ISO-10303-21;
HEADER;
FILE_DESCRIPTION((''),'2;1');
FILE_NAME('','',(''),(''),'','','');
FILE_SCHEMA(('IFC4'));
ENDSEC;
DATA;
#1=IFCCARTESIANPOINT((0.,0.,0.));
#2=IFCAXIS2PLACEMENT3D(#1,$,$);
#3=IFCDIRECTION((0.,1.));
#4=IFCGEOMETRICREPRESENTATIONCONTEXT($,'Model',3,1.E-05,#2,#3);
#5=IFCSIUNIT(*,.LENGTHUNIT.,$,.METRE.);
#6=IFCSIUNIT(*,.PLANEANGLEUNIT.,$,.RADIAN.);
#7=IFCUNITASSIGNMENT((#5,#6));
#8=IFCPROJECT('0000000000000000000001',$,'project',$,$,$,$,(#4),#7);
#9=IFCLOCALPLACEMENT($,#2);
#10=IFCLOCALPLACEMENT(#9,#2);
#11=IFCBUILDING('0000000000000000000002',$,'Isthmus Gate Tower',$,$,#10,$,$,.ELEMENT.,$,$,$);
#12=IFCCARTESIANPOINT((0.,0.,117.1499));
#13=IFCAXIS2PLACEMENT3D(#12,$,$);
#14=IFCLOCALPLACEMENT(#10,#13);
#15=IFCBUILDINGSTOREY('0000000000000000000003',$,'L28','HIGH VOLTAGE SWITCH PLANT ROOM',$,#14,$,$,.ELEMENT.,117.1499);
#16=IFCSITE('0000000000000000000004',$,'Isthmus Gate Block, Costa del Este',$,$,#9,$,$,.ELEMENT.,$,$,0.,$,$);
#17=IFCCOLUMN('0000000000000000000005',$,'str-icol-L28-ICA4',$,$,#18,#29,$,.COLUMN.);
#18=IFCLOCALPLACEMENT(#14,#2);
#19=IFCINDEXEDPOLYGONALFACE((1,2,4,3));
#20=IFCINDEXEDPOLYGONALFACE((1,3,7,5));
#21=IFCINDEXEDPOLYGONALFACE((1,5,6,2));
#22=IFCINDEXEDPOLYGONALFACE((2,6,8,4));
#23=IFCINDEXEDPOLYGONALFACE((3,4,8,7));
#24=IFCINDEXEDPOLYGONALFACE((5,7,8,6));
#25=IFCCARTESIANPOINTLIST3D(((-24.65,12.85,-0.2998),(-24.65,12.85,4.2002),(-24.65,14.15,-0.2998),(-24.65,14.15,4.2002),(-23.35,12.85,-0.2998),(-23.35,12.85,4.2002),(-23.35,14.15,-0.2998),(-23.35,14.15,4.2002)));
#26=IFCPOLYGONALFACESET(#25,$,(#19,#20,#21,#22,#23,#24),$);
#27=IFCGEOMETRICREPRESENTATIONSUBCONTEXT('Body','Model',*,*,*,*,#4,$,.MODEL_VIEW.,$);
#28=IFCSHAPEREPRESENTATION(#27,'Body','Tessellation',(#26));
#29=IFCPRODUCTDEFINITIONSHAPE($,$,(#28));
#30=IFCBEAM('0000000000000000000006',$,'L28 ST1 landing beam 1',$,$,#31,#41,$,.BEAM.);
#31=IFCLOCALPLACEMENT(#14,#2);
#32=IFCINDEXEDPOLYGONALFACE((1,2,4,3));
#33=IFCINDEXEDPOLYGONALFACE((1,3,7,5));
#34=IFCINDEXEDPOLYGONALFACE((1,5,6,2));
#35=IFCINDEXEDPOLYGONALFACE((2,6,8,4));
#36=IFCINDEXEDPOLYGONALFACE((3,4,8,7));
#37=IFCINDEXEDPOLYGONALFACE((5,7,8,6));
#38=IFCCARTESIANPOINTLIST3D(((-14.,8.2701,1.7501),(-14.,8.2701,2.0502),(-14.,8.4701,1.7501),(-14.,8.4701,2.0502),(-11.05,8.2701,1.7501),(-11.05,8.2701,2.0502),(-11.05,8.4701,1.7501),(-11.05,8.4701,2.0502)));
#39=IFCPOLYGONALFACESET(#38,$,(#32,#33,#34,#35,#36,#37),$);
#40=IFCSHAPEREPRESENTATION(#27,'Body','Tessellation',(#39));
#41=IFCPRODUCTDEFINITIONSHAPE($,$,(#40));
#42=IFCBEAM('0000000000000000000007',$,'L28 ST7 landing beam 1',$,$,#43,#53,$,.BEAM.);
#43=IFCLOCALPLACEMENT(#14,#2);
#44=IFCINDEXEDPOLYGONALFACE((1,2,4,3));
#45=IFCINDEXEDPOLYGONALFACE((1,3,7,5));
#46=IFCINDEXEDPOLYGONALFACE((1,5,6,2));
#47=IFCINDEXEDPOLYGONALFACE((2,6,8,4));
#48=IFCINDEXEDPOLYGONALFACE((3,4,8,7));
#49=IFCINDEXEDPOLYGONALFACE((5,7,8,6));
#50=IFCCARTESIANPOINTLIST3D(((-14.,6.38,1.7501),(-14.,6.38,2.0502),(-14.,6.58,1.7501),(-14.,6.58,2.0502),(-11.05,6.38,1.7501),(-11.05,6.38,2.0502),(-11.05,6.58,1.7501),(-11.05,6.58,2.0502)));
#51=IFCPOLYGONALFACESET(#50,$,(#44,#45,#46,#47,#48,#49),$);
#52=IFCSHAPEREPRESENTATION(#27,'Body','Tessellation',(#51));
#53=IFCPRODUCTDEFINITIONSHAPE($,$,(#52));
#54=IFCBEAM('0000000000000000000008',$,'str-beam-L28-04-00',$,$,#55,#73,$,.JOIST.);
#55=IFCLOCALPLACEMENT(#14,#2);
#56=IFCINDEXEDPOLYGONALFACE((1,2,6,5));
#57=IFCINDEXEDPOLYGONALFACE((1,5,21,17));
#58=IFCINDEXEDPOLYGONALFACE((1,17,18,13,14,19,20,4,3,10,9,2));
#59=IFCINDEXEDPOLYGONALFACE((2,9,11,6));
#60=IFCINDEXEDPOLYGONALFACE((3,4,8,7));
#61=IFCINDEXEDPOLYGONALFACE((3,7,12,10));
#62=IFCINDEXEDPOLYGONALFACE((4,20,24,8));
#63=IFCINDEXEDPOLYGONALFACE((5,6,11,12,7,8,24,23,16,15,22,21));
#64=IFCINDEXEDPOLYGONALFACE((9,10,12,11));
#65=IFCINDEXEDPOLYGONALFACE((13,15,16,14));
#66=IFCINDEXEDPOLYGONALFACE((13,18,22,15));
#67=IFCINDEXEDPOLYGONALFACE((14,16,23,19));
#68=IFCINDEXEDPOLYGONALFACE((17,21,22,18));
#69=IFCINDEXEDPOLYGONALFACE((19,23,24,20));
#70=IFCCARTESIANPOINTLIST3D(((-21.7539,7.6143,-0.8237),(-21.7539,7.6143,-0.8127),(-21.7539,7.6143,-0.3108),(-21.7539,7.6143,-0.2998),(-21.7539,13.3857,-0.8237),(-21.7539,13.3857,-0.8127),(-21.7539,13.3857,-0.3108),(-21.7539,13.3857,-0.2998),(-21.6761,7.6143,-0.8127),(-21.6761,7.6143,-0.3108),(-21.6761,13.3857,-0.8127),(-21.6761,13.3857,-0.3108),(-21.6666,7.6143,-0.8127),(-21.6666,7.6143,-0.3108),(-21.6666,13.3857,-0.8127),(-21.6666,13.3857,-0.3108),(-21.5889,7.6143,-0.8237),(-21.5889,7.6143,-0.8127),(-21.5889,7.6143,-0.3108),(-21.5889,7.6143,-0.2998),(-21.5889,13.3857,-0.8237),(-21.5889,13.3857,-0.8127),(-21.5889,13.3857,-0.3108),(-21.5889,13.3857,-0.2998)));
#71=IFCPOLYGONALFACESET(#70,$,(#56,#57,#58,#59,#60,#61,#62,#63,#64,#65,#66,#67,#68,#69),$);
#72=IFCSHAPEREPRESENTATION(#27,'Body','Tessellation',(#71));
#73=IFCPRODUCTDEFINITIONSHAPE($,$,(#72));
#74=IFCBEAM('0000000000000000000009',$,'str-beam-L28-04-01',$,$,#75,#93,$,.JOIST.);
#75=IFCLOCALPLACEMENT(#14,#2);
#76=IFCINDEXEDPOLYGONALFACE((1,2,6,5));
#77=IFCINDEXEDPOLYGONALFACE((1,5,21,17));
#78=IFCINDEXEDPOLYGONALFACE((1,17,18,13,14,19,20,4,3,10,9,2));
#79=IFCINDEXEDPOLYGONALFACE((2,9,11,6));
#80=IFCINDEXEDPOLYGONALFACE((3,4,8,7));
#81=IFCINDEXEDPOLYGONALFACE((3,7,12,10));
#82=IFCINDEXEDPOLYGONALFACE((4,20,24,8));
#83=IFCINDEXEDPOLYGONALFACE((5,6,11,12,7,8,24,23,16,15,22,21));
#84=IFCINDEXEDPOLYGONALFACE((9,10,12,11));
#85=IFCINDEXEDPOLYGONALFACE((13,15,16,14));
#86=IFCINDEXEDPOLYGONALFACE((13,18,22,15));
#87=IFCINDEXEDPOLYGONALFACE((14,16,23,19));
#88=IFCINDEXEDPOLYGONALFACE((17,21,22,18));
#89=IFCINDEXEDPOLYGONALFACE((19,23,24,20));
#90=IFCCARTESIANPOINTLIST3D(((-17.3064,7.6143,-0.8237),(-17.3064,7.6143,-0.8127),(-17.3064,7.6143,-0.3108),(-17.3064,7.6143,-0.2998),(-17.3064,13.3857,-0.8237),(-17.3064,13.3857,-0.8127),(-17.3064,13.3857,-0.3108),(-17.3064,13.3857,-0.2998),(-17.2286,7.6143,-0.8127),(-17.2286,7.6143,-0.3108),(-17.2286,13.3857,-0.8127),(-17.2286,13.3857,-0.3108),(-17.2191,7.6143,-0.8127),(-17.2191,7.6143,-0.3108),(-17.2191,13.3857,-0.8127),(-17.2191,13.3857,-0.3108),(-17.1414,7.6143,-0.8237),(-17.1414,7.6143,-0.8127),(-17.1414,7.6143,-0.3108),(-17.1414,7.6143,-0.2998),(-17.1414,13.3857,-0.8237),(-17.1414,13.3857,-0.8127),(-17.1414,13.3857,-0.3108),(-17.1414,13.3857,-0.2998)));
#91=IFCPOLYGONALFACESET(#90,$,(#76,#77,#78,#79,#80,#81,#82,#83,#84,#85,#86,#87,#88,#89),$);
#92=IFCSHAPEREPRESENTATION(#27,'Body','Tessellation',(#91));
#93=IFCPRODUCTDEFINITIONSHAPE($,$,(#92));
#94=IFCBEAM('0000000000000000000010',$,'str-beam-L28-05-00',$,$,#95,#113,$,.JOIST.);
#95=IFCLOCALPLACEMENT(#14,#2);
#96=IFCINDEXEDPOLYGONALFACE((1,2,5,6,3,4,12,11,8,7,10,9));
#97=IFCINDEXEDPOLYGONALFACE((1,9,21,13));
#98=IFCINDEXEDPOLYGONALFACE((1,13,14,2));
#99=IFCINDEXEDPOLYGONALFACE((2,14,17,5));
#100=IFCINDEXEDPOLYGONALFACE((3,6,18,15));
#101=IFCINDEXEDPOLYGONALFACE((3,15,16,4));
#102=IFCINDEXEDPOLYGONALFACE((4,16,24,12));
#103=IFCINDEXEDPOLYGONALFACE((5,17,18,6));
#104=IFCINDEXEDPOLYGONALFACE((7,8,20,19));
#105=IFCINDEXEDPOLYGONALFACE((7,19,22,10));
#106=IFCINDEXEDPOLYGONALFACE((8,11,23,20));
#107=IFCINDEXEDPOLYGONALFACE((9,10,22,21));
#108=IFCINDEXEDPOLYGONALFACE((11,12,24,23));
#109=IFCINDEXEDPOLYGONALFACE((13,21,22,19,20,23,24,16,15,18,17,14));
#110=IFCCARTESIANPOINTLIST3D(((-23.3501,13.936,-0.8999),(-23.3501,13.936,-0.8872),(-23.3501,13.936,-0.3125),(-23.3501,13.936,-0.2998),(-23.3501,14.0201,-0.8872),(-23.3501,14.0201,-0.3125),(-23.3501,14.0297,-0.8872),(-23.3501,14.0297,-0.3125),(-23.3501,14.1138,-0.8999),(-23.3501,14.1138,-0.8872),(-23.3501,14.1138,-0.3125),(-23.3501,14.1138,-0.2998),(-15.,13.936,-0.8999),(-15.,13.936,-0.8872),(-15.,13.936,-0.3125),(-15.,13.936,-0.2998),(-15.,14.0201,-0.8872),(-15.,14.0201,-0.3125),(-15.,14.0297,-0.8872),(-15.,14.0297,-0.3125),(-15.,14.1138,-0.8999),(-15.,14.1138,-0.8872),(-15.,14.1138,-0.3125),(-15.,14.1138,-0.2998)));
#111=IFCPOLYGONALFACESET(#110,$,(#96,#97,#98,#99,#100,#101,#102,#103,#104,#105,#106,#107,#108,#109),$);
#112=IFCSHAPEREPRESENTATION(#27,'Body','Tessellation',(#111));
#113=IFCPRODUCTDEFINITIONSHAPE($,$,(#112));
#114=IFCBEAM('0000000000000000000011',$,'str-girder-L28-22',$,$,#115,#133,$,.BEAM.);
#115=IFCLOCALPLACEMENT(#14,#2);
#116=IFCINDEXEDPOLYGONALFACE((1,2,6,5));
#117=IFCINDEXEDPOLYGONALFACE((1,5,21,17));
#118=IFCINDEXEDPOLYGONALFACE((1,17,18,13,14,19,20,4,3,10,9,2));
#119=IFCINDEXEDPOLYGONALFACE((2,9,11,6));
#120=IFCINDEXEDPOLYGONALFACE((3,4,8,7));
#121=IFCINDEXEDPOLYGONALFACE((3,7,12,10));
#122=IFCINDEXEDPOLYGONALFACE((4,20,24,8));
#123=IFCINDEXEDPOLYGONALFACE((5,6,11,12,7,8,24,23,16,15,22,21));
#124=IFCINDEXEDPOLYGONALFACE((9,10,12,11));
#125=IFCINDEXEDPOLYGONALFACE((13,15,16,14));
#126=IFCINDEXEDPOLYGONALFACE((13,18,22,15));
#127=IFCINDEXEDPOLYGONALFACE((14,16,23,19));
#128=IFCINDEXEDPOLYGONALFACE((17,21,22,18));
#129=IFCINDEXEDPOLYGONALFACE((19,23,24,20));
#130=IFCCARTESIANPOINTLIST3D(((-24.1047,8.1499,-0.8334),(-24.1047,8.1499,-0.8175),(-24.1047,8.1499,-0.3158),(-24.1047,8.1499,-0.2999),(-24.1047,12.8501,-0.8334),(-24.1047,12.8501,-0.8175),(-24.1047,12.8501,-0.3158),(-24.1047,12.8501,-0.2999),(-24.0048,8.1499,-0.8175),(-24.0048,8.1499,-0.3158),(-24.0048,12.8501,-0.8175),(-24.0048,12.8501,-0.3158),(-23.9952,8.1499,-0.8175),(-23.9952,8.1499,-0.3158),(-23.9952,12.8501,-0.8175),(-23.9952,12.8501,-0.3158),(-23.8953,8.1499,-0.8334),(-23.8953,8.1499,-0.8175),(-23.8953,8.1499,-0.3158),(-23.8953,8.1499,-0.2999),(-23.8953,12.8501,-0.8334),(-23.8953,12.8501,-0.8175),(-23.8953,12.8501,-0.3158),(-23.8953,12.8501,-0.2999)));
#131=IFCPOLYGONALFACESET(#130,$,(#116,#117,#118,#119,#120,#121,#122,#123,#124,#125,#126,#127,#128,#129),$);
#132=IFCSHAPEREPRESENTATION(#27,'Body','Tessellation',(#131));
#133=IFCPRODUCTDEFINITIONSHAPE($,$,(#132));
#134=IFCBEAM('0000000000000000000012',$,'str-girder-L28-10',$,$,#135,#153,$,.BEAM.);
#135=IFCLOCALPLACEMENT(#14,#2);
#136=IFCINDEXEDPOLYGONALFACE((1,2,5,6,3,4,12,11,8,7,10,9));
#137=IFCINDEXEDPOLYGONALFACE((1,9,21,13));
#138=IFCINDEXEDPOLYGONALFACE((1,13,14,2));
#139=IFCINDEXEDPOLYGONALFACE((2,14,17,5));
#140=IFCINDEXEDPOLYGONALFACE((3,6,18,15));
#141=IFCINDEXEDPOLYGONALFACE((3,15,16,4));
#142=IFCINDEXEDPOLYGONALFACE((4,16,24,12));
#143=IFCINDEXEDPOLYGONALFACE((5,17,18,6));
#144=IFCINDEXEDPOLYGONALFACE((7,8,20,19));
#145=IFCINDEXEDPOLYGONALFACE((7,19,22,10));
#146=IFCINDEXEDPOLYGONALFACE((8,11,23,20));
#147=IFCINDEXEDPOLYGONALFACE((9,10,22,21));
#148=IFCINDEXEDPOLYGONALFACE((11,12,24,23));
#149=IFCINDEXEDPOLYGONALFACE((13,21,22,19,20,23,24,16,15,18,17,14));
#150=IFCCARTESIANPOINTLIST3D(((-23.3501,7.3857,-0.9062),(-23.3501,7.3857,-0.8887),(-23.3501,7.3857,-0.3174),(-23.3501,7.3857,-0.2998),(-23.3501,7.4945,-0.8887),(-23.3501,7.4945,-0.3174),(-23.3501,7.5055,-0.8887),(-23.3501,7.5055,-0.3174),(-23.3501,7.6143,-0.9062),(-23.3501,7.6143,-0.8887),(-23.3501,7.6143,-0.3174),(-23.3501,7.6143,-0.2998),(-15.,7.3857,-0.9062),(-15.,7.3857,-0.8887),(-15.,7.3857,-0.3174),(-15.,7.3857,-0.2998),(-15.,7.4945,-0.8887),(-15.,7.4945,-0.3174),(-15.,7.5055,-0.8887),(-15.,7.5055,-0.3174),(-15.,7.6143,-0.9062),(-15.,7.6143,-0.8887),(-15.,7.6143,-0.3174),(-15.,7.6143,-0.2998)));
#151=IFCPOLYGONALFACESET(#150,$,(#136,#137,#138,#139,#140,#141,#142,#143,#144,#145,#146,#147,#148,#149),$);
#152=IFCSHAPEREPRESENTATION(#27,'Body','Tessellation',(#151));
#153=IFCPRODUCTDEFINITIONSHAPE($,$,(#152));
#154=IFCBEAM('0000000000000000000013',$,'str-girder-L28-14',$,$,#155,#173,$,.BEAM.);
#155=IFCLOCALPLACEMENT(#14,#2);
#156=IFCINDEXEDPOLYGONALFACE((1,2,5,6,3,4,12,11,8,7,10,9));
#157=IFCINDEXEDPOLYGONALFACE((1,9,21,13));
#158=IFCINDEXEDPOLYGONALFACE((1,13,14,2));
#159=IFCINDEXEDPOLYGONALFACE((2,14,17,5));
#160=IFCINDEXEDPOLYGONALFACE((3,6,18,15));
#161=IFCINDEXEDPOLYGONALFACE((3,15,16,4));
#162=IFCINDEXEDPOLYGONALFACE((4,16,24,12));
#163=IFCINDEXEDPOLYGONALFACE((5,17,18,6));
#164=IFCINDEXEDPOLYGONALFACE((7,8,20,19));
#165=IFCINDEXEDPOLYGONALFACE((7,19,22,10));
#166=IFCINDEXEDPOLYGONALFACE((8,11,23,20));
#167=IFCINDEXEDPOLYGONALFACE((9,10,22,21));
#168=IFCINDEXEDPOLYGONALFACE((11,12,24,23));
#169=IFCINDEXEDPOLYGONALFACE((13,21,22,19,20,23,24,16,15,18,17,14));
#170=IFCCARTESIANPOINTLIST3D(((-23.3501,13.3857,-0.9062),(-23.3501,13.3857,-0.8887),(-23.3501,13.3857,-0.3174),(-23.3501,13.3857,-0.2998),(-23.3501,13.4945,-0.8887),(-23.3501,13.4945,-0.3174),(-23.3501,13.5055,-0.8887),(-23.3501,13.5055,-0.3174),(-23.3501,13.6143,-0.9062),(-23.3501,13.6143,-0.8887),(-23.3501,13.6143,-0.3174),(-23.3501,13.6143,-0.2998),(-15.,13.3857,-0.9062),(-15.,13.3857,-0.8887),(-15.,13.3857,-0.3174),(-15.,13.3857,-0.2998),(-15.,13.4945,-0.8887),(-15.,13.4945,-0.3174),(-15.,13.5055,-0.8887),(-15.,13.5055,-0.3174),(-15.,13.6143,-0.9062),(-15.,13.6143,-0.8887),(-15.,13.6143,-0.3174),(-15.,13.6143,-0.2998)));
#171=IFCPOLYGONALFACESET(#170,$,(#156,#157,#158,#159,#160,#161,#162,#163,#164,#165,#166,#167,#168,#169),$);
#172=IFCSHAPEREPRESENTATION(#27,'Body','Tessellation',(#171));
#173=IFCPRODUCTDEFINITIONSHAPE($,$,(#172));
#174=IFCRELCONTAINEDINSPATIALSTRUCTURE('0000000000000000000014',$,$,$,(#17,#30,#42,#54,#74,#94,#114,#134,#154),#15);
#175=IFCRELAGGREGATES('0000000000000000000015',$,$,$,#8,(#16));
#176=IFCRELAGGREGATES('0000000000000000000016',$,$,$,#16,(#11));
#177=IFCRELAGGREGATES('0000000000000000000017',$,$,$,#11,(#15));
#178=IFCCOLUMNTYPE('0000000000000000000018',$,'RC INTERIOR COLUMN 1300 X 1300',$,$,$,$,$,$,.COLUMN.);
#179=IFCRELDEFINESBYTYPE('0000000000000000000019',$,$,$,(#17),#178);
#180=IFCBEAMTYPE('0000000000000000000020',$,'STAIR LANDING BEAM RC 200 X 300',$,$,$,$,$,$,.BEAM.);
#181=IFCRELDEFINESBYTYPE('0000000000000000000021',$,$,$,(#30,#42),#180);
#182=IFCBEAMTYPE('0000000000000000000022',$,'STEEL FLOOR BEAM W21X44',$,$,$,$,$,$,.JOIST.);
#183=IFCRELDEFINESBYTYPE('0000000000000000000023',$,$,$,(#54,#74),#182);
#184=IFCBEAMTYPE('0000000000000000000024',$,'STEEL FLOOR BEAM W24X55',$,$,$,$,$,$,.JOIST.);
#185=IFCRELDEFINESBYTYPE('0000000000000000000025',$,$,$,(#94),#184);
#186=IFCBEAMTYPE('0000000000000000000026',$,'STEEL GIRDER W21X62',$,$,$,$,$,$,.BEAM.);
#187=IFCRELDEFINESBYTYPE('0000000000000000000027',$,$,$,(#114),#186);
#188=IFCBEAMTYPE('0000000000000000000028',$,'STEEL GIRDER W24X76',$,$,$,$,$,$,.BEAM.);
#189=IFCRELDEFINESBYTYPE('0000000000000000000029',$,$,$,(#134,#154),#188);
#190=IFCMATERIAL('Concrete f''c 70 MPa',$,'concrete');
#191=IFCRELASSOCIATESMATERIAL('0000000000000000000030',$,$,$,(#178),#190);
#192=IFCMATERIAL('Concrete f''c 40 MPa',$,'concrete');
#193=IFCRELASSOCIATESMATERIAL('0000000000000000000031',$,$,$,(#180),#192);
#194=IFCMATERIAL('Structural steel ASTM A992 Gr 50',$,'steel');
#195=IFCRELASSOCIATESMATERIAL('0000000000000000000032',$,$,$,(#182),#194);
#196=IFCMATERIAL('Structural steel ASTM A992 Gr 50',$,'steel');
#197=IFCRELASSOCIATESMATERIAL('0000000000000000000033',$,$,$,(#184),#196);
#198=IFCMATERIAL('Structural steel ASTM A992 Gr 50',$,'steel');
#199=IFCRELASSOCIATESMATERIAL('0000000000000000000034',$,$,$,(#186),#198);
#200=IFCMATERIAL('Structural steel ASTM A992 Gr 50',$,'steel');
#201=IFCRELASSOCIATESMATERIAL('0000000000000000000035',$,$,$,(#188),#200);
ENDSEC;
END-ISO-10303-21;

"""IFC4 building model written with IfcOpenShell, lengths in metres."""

from ifc_helpers import new_model, si_unit, direction, frame, origin, origin_2d, place, context, subcontext, project, spatial, rectangle, i_section, extrude, material, material_profile, profile_set, type_object, element, save


model = new_model("IFC4")

# Units and contexts
model_context = context("Model", 3, precision=1e-05, world=origin(), true_north=direction((0.0, 1.0)))
body_context = subcontext(model_context, "Body", "Model", "MODEL_VIEW")
ifc_project = project(units=[si_unit("LENGTHUNIT", "METRE"), si_unit("PLANEANGLEUNIT", "RADIAN")], contexts=[model_context])

# Site, building, storey
site_placement = place(None, origin())
site = spatial("IfcSite", under=ifc_project, at=site_placement, Name="Isthmus Gate Block, Costa del Este", CompositionType="ELEMENT", RefElevation=0.0)
building_placement = place(site_placement, origin())
building = spatial("IfcBuilding", under=site, at=building_placement, Name="Isthmus Gate Tower", CompositionType="ELEMENT")
storey_placement = place(building_placement, frame((0.0, 0.0, 117.1499)))
storey = spatial("IfcBuildingStorey", under=building, at=storey_placement, Name="L28", Description="HIGH VOLTAGE SWITCH PLANT ROOM", CompositionType="ELEMENT", Elevation=117.1499)

# Column
ifc_material_1 = material(Name="Concrete f'c 70 MPa", Category="concrete")
ifc_material_profile_1 = material_profile(ifc_material_1, rectangle(XDim=1.3, YDim=1.3, at=origin_2d()), Name="RC 1300X1300")
ifc_profile_set_1 = profile_set([ifc_material_profile_1], Name="Concrete f'c 70 MPa")
column_type = type_object("IfcColumnType", Name="RC INTERIOR COLUMN 1300 X 1300", PredefinedType="COLUMN", material=ifc_profile_set_1)
column_placement = place(storey_placement, frame((-24.0, 13.5, -0.2998), z_axis=(0.0, 0.0, 1.0), x_axis=(1.0, 0.0, 0.0)))
element("IfcColumn", 1, at=column_placement, inside=storey, type_object=column_type, Name="str-icol-L28-ICA4", PredefinedType="COLUMN", context=body_context, shape_type="SweptSolid", body=[
    extrude(rectangle(XDim=1.3, YDim=1.3, at=origin_2d()), origin(), (0.0, 0.0, 1.0), 4.5),
])

# Beams
ifc_material_2 = material(Name="Concrete f'c 40 MPa", Category="concrete")
ifc_material_profile_2 = material_profile(ifc_material_2, rectangle(XDim=0.2, YDim=0.3, at=origin_2d()), Name="STAIR LANDING BEAM RC 200 X 300")
ifc_profile_set_2 = profile_set([ifc_material_profile_2], Name="Concrete f'c 40 MPa")
beam_type_1 = type_object("IfcBeamType", Name="STAIR LANDING BEAM RC 200 X 300", PredefinedType="BEAM", material=ifc_profile_set_2)
for number, where, z_axis, x_axis, name in (
    (2, (-14.0, 8.3701, 1.9001), (1.0, 0.0, 0.0), (0.0, 1.0, 0.0), "L28 ST1 landing beam 1"),
    (3, (-14.0, 6.48, 1.9001), (1.0, 0.0, 0.0), (0.0, 1.0, 0.0), "L28 ST7 landing beam 1"),
):
    element("IfcBeam", number, at=place(storey_placement, frame(where, z_axis=z_axis, x_axis=x_axis)), inside=storey, type_object=beam_type_1, Name=name, PredefinedType="BEAM", context=body_context, shape_type="SweptSolid", body=[
        extrude(rectangle(XDim=0.2, YDim=0.3, at=origin_2d()), origin(), (0.0, 0.0, 1.0), 2.95),
    ])
ifc_material_3 = material(Name="Structural steel ASTM A992 Gr 50", Category="steel")
ifc_material_profile_3 = material_profile(ifc_material_3, i_section(OverallWidth=0.165, OverallDepth=0.5239, WebThickness=0.0095, FlangeThickness=0.011, at=origin_2d()), Name="W21X44")
ifc_profile_set_3 = profile_set([ifc_material_profile_3], Name="Structural steel ASTM A992 Gr 50")
beam_type_2 = type_object("IfcBeamType", Name="STEEL FLOOR BEAM W21X44", PredefinedType="JOIST", material=ifc_profile_set_3)
for number, where, z_axis, x_axis, name in (
    (4, (-21.6714, 7.6143, -0.5618), (0.0, 1.0, 0.0), (-1.0, 0.0, 0.0), "str-beam-L28-04-00"),
    (5, (-17.2239, 7.6143, -0.5618), (0.0, 1.0, 0.0), (-1.0, 0.0, 0.0), "str-beam-L28-04-01"),
):
    element("IfcBeam", number, at=place(storey_placement, frame(where, z_axis=z_axis, x_axis=x_axis)), inside=storey, type_object=beam_type_2, Name=name, PredefinedType="JOIST", context=body_context, shape_type="SweptSolid", body=[
        extrude(i_section(OverallWidth=0.165, OverallDepth=0.5239, WebThickness=0.0095, FlangeThickness=0.011, at=origin_2d()), origin(), (0.0, 0.0, 1.0), 5.7715),
    ])
ifc_material_4 = material(Name="Structural steel ASTM A992 Gr 50", Category="steel")
ifc_material_profile_4 = material_profile(ifc_material_4, i_section(OverallWidth=0.1777, OverallDepth=0.6001, WebThickness=0.0095, FlangeThickness=0.0127, at=origin_2d()), Name="W24X55")
ifc_profile_set_4 = profile_set([ifc_material_profile_4], Name="Structural steel ASTM A992 Gr 50")
beam_type_3 = type_object("IfcBeamType", Name="STEEL FLOOR BEAM W24X55", PredefinedType="JOIST", material=ifc_profile_set_4)
beam_1_placement = place(storey_placement, frame((-23.3501, 14.0249, -0.5999), z_axis=(1.0, 0.0, 0.0), x_axis=(0.0, 1.0, 0.0)))
element("IfcBeam", 6, at=beam_1_placement, inside=storey, type_object=beam_type_3, Name="str-beam-L28-05-00", PredefinedType="JOIST", context=body_context, shape_type="SweptSolid", body=[
    extrude(i_section(OverallWidth=0.1777, OverallDepth=0.6001, WebThickness=0.0095, FlangeThickness=0.0127, at=origin_2d()), origin(), (0.0, 0.0, 1.0), 8.3501),
])
ifc_material_5 = material(Name="Structural steel ASTM A992 Gr 50", Category="steel")
ifc_material_profile_5 = material_profile(ifc_material_5, i_section(OverallWidth=0.2095, OverallDepth=0.5334, WebThickness=0.0095, FlangeThickness=0.0159, at=origin_2d()), Name="W21X62")
ifc_profile_set_5 = profile_set([ifc_material_profile_5], Name="Structural steel ASTM A992 Gr 50")
beam_type_4 = type_object("IfcBeamType", Name="STEEL GIRDER W21X62", PredefinedType="BEAM", material=ifc_profile_set_5)
beam_2_placement = place(storey_placement, frame((-24.0, 8.1499, -0.5667), z_axis=(0.0, 1.0, 0.0), x_axis=(-1.0, 0.0, 0.0)))
element("IfcBeam", 7, at=beam_2_placement, inside=storey, type_object=beam_type_4, Name="str-girder-L28-22", PredefinedType="BEAM", context=body_context, shape_type="SweptSolid", body=[
    extrude(i_section(OverallWidth=0.2095, OverallDepth=0.5334, WebThickness=0.0095, FlangeThickness=0.0159, at=origin_2d()), origin(), (0.0, 0.0, 1.0), 4.7002),
])
ifc_material_6 = material(Name="Structural steel ASTM A992 Gr 50", Category="steel")
ifc_material_profile_6 = material_profile(ifc_material_6, i_section(OverallWidth=0.2285, OverallDepth=0.6064, WebThickness=0.011, FlangeThickness=0.0176, at=origin_2d()), Name="W24X76")
ifc_profile_set_6 = profile_set([ifc_material_profile_6], Name="Structural steel ASTM A992 Gr 50")
beam_type_5 = type_object("IfcBeamType", Name="STEEL GIRDER W24X76", PredefinedType="BEAM", material=ifc_profile_set_6)
for number, where, z_axis, x_axis, name in (
    (8, (-23.3501, 7.5, -0.603), (1.0, 0.0, 0.0), (0.0, 1.0, 0.0), "str-girder-L28-10"),
    (9, (-23.3501, 13.5, -0.603), (1.0, 0.0, 0.0), (0.0, 1.0, 0.0), "str-girder-L28-14"),
):
    element("IfcBeam", number, at=place(storey_placement, frame(where, z_axis=z_axis, x_axis=x_axis)), inside=storey, type_object=beam_type_5, Name=name, PredefinedType="BEAM", context=body_context, shape_type="SweptSolid", body=[
        extrude(i_section(OverallWidth=0.2285, OverallDepth=0.6064, WebThickness=0.011, FlangeThickness=0.0176, at=origin_2d()), origin(), (0.0, 0.0, 1.0), 8.3501),
    ])

save(model, "model.ifc")
